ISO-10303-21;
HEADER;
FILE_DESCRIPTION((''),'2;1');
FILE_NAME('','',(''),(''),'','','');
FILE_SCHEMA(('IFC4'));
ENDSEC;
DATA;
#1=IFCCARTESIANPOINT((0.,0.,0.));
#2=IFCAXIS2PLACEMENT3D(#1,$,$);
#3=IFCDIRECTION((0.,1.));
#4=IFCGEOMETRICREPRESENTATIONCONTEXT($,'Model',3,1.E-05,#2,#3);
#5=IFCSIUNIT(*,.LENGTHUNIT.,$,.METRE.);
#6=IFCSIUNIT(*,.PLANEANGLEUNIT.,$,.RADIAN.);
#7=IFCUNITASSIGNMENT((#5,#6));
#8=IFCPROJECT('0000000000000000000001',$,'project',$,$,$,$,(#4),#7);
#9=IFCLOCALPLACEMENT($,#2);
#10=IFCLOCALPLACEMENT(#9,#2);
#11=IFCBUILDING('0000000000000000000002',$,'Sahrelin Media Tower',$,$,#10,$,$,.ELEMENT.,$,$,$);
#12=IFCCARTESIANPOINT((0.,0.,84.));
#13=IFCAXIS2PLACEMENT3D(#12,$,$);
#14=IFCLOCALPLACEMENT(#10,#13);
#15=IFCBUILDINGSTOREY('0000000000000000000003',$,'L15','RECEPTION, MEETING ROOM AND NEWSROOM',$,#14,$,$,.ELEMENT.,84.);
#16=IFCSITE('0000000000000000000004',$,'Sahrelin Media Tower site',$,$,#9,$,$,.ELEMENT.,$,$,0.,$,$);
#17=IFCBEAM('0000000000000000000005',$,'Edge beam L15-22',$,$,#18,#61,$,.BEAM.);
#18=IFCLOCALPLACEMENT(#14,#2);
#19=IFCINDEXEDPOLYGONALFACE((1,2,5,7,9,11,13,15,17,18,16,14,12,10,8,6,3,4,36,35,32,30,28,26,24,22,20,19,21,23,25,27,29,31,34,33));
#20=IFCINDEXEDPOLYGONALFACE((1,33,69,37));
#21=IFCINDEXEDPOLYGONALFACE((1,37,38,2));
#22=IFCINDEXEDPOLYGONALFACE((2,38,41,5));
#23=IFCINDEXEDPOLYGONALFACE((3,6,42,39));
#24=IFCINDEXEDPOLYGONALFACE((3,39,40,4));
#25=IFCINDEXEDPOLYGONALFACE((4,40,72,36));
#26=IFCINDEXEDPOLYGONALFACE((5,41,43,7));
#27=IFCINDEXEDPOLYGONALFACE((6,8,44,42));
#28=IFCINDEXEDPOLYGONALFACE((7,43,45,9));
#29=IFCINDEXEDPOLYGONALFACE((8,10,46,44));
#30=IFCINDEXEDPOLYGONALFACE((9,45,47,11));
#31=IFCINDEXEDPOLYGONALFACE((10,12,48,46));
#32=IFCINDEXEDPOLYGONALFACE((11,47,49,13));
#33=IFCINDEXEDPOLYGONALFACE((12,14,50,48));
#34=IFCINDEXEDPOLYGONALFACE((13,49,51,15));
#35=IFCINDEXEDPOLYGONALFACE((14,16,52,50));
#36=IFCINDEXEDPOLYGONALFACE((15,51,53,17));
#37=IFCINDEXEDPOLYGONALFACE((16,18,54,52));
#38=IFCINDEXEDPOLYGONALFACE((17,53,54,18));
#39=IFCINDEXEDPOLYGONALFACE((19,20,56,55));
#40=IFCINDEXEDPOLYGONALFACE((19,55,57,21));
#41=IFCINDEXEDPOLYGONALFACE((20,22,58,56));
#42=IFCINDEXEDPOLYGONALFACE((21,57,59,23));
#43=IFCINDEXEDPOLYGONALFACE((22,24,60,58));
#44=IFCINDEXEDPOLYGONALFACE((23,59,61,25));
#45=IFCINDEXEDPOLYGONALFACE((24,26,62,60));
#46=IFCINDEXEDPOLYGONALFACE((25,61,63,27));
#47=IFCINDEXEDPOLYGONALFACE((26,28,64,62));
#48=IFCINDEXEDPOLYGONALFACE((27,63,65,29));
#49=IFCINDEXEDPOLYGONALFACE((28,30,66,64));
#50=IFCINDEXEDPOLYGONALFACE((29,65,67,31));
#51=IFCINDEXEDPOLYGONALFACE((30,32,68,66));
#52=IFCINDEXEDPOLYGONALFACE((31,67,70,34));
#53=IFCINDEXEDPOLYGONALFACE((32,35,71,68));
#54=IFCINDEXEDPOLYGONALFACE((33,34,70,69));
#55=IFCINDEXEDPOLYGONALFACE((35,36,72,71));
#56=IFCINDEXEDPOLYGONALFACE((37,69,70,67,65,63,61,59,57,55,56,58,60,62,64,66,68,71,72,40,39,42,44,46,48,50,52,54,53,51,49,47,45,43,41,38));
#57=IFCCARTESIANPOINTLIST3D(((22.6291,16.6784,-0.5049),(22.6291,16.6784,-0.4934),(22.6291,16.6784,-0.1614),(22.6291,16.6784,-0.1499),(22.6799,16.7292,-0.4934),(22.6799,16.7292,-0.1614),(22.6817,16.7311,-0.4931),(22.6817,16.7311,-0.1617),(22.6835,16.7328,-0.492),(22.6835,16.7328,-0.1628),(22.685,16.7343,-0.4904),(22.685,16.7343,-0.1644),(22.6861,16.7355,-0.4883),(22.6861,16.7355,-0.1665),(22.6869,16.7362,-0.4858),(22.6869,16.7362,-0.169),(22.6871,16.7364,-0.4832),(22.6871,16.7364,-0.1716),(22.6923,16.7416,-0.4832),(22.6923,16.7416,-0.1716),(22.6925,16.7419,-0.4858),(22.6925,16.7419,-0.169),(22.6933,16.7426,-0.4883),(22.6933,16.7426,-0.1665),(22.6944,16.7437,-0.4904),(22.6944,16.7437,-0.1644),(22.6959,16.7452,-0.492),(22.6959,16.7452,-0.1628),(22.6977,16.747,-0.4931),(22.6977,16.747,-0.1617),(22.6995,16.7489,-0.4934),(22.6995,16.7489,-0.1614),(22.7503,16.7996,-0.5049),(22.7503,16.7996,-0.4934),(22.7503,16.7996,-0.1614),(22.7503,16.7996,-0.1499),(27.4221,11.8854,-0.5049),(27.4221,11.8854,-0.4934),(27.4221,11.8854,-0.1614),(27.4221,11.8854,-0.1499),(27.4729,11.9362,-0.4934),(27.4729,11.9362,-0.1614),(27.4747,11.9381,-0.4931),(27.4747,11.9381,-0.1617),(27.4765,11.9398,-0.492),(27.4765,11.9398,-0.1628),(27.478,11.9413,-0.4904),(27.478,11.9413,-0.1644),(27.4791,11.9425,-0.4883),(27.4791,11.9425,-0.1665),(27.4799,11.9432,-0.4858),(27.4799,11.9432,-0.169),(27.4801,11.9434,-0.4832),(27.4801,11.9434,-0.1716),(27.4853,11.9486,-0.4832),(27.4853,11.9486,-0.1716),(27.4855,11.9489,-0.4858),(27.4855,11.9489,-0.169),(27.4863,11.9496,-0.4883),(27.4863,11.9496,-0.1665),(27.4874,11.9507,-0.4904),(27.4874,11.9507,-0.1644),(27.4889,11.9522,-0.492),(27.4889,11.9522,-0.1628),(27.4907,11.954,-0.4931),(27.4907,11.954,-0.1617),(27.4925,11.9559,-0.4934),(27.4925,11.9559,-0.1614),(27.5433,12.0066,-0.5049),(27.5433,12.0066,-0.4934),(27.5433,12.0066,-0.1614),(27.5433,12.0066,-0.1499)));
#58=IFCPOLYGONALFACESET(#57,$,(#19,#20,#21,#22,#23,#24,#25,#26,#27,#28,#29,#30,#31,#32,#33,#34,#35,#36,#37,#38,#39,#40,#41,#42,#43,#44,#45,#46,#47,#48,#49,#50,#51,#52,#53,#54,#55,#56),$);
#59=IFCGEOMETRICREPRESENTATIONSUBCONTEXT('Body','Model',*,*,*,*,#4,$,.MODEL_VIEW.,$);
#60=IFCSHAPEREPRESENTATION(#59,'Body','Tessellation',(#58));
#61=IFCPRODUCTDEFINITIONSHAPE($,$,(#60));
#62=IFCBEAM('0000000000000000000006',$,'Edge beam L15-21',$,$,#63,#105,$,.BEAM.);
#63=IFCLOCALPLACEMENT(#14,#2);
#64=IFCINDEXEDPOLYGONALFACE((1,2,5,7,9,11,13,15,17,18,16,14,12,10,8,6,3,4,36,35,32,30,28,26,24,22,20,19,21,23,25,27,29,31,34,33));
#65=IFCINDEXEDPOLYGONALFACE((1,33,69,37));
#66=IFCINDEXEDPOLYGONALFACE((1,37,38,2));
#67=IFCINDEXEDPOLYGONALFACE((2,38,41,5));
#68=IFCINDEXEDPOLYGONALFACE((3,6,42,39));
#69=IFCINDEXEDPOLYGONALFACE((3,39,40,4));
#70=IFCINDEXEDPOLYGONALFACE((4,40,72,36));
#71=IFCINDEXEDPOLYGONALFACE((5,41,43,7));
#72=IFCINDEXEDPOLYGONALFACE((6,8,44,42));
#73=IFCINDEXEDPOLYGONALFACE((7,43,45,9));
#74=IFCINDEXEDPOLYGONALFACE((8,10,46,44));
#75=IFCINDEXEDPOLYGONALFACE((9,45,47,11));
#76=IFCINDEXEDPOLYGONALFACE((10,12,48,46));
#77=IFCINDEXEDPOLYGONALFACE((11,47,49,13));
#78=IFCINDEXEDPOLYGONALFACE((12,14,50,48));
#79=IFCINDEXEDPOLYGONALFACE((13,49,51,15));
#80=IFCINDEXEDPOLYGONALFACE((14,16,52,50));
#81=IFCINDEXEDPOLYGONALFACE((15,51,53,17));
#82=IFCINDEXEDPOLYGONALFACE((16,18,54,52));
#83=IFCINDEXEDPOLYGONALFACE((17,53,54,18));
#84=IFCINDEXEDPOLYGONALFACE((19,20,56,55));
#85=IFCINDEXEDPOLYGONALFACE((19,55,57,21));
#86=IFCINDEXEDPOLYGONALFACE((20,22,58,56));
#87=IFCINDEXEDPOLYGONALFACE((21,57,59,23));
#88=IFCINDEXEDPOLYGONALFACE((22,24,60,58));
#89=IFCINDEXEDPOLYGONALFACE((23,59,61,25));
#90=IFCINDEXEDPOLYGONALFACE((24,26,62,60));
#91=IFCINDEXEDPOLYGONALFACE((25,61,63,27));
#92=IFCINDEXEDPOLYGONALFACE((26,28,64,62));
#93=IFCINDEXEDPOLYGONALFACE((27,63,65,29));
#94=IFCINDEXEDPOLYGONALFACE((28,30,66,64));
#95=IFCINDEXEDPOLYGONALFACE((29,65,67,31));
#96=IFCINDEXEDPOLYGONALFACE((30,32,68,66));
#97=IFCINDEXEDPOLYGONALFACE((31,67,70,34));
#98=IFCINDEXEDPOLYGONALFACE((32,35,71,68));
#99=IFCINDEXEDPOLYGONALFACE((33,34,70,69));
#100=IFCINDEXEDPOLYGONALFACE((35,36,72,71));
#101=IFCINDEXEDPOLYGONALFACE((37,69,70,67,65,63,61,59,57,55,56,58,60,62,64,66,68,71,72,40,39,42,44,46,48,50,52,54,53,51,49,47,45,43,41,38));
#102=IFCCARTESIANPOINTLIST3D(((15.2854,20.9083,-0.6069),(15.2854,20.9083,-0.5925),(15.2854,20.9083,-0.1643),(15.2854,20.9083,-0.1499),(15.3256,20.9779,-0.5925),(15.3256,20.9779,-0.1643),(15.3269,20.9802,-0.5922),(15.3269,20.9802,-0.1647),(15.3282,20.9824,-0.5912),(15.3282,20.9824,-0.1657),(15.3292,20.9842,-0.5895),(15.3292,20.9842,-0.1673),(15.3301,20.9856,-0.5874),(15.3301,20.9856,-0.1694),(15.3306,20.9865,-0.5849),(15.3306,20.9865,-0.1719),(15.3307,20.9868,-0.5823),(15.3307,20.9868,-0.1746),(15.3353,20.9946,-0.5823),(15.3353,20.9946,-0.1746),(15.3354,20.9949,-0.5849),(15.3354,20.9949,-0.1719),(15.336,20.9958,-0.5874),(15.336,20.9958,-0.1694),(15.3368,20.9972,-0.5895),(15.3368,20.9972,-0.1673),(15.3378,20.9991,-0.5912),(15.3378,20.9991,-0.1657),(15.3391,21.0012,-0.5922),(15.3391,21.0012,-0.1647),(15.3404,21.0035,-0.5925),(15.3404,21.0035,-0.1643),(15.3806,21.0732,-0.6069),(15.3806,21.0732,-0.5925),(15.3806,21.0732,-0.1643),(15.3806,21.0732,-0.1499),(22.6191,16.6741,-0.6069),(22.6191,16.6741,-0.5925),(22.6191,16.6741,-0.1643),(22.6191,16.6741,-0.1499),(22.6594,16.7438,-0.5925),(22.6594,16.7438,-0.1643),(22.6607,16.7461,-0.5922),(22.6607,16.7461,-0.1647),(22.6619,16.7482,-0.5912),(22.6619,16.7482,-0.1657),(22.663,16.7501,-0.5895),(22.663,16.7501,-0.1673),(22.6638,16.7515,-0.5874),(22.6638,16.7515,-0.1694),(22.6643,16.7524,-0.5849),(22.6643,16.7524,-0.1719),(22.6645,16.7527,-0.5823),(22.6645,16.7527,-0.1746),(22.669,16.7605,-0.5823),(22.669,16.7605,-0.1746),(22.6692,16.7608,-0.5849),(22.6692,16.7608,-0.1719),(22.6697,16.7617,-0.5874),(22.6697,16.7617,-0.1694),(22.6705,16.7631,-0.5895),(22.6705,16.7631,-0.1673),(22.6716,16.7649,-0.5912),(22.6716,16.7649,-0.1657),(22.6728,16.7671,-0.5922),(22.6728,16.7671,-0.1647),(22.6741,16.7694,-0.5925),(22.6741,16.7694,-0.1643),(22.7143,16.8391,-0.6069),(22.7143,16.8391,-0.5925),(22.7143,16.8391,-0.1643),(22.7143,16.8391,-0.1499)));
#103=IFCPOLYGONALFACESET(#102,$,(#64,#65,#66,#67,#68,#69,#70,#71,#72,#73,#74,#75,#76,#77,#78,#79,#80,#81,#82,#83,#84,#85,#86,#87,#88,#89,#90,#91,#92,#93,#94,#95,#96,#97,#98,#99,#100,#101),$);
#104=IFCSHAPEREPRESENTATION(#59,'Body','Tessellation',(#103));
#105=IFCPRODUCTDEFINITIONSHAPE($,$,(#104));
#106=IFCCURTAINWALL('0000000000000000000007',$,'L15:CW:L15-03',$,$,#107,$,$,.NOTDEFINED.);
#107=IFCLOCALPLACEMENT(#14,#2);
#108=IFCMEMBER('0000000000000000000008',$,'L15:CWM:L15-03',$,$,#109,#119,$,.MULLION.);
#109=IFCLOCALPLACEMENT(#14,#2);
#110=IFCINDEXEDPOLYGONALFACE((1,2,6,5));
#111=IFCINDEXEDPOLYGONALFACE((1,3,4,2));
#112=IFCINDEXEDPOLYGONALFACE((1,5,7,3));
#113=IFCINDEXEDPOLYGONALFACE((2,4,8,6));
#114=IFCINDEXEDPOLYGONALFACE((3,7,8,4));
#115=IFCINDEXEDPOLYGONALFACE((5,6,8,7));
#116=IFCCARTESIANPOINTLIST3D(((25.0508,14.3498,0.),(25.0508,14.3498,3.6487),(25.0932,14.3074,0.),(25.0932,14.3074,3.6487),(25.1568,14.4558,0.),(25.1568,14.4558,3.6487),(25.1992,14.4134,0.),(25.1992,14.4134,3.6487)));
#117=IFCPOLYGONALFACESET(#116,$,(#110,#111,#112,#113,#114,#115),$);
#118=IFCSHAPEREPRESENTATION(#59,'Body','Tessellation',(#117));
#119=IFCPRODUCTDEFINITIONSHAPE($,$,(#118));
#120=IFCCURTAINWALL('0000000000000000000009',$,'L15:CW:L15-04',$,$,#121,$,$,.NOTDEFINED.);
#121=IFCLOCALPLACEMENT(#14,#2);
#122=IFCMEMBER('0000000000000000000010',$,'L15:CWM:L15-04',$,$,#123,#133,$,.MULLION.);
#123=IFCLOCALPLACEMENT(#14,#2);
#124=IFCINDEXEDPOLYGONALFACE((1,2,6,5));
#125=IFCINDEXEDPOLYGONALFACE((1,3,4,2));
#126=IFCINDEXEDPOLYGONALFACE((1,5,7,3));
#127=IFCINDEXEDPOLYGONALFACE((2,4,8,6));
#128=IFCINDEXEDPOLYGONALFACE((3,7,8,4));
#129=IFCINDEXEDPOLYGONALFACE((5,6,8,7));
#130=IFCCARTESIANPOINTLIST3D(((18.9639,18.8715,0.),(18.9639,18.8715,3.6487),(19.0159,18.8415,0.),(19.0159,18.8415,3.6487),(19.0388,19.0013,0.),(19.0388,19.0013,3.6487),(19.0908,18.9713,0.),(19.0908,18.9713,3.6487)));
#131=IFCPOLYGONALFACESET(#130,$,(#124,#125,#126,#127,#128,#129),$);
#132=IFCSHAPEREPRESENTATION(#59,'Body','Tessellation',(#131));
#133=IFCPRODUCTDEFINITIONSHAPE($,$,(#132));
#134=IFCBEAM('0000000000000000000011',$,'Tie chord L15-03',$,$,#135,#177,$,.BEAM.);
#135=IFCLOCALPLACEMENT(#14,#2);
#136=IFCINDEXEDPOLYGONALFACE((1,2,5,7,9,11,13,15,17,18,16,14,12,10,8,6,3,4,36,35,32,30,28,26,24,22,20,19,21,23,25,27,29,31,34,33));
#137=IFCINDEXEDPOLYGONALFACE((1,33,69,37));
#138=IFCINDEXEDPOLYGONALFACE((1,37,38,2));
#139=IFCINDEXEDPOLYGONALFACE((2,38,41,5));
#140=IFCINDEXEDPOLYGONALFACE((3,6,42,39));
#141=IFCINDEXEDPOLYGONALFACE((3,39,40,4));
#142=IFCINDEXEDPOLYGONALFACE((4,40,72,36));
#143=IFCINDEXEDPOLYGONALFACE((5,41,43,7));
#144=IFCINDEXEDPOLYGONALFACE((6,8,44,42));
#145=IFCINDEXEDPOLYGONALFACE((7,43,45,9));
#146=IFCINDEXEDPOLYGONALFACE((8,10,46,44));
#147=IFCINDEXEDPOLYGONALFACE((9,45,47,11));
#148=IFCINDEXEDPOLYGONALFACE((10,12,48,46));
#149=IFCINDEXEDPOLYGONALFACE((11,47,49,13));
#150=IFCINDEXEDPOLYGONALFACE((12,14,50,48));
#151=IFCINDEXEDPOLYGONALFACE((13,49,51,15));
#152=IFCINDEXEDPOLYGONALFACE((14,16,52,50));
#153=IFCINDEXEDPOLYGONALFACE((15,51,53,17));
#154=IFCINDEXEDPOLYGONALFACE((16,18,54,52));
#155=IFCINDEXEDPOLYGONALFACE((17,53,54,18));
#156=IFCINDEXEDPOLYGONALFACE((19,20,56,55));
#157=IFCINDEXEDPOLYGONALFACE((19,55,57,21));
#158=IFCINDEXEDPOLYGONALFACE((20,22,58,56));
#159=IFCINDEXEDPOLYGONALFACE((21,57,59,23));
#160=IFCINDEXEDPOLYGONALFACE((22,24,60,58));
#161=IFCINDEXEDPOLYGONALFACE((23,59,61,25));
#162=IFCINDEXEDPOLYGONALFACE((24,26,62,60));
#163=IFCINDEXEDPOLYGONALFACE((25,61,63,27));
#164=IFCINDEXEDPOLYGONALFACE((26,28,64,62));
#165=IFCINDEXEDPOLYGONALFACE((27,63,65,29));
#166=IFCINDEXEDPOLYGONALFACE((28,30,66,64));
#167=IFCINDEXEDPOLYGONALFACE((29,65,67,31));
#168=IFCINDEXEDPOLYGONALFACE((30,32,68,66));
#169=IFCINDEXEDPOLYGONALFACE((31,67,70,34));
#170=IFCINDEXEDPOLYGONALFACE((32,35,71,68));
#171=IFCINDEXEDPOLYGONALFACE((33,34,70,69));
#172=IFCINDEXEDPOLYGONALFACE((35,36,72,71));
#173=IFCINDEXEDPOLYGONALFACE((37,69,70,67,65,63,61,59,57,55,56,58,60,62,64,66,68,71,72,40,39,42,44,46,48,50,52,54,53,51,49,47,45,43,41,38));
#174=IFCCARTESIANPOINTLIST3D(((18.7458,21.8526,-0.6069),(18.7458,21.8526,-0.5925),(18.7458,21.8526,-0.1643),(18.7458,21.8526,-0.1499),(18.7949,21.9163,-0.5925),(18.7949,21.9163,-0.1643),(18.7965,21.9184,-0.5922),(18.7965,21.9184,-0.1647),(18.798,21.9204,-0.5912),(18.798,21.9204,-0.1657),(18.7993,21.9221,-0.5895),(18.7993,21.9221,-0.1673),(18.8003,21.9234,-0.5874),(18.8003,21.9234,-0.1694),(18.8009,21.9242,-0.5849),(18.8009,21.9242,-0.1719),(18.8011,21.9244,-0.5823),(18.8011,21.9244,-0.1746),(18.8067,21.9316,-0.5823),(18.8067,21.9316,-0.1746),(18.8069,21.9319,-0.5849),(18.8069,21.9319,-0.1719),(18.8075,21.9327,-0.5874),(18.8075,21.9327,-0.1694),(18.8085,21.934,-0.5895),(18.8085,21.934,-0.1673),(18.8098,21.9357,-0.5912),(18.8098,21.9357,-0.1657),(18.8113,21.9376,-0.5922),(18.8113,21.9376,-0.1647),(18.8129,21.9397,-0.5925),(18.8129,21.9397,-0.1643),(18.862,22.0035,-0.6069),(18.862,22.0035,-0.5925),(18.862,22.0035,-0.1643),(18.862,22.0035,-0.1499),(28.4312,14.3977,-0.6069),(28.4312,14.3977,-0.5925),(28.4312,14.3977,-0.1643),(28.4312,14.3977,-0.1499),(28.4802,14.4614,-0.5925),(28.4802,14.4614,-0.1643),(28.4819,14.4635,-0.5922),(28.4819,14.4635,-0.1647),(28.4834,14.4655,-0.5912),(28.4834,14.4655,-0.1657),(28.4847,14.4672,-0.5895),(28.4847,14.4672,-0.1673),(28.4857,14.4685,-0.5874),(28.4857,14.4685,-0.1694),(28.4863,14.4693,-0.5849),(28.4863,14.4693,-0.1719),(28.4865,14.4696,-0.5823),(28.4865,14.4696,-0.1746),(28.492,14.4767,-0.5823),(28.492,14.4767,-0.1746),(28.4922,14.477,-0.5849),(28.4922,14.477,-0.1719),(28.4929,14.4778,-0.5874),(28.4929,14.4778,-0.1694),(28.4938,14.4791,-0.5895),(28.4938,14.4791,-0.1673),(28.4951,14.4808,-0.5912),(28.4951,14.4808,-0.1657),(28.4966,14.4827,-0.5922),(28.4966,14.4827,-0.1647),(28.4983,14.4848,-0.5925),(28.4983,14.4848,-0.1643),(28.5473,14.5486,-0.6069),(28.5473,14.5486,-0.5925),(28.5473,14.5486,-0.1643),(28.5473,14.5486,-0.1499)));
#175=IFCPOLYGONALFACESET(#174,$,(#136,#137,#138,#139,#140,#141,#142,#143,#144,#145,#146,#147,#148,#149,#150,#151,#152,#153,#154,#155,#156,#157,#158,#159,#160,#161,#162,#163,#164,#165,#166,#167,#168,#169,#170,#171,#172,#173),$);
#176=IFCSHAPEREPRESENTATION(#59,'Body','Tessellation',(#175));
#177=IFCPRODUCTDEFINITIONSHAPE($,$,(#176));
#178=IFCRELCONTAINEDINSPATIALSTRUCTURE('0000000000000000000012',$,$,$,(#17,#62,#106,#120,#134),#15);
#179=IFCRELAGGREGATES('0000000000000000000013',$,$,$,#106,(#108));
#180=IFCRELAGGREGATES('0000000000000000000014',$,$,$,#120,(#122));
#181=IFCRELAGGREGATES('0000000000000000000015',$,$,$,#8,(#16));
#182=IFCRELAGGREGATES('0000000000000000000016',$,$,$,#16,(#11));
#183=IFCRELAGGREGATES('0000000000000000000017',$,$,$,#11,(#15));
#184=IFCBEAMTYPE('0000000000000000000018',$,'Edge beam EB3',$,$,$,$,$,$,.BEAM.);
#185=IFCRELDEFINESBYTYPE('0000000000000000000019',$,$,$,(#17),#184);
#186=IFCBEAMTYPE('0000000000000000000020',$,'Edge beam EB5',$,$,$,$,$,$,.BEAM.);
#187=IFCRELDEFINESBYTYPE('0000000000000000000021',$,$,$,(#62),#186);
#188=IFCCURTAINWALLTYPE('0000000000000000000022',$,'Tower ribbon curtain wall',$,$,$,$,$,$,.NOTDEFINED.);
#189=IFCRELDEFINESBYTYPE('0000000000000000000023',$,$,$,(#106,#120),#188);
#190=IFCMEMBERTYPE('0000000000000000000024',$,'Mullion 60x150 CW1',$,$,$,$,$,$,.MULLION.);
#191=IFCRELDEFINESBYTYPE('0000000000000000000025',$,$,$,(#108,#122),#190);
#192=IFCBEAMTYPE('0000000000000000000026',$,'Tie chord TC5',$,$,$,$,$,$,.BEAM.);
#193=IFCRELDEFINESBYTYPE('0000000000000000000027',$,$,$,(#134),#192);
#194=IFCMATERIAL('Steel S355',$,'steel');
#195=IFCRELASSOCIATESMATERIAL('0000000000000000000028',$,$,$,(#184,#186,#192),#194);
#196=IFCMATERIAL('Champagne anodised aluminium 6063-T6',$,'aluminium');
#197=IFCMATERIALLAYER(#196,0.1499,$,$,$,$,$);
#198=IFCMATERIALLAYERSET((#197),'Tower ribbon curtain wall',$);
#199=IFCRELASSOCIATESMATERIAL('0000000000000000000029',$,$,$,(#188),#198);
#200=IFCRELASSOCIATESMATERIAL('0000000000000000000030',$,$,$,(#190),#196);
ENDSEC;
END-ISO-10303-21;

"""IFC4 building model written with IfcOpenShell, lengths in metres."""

from ifc_helpers import new_model, si_unit, direction, frame, origin, origin_2d, place, context, subcontext, project, spatial, rectangle, i_section, extrude, material, layer, layer_set, material_profile, profile_set, type_object, element, aggregate, save


model = new_model("IFC4")

# Units and contexts
model_context = context("Model", 3, precision=1e-05, world=origin(), true_north=direction((0.0, 1.0)))
body_context = subcontext(model_context, "Body", "Model", "MODEL_VIEW")
ifc_project = project(units=[si_unit("LENGTHUNIT", "METRE"), si_unit("PLANEANGLEUNIT", "RADIAN")], contexts=[model_context])

# Site, building, storey
site_placement = place(None, origin())
site = spatial("IfcSite", under=ifc_project, at=site_placement, Name="Sahrelin Media Tower site", CompositionType="ELEMENT", RefElevation=0.0)
building_placement = place(site_placement, origin())
building = spatial("IfcBuilding", under=site, at=building_placement, Name="Sahrelin Media Tower", CompositionType="ELEMENT")
storey_placement = place(building_placement, frame((0.0, 0.0, 84.0)))
storey = spatial("IfcBuildingStorey", under=building, at=storey_placement, Name="L15", Description="RECEPTION, MEETING ROOM AND NEWSROOM", CompositionType="ELEMENT", Elevation=84.0)

# Beams
ifc_material_1 = material(Name="Steel S355", Category="steel")
ifc_material_profile_1 = material_profile(ifc_material_1, i_section(OverallWidth=0.1714, OverallDepth=0.355, WebThickness=0.0073, FlangeThickness=0.0115, FilletRadius=0.0103, at=origin_2d()), Name="UB 356x171x51")
ifc_profile_set_1 = profile_set([ifc_material_profile_1], Name="Steel S355")
beam_type_1 = type_object("IfcBeamType", Name="Edge beam EB3", PredefinedType="BEAM", material=ifc_profile_set_1)
beam_1_placement = place(storey_placement, frame((22.6897, 16.739, -0.3274), z_axis=(0.707107, -0.707107, 0.0), x_axis=(0.707107, 0.707107, 0.0)))
element("IfcBeam", 1, at=beam_1_placement, inside=storey, type_object=beam_type_1, Name="Edge beam L15-22", PredefinedType="BEAM", context=body_context, shape_type="SweptSolid", body=[
    extrude(i_section(OverallWidth=0.1714, OverallDepth=0.355, WebThickness=0.0073, FlangeThickness=0.0115, FilletRadius=0.0103, at=origin_2d()), origin(), (0.0, 0.0, 1.0), 6.7783),
])
ifc_material_profile_2 = material_profile(ifc_material_1, i_section(OverallWidth=0.1904, OverallDepth=0.457, WebThickness=0.009, FlangeThickness=0.0144, FilletRadius=0.0103, at=origin_2d()), Name="UB 457x191x74")
ifc_profile_set_2 = profile_set([ifc_material_profile_2], Name="Steel S355")
beam_type_2 = type_object("IfcBeamType", Name="Edge beam EB5", PredefinedType="BEAM", material=ifc_profile_set_2)
beam_2_placement = place(storey_placement, frame((15.333, 20.9907, -0.3784), z_axis=(0.866026, -0.499999, 0.0), x_axis=(0.499999, 0.866026, 0.0)))
element("IfcBeam", 2, at=beam_2_placement, inside=storey, type_object=beam_type_2, Name="Edge beam L15-21", PredefinedType="BEAM", context=body_context, shape_type="SweptSolid", body=[
    extrude(i_section(OverallWidth=0.1904, OverallDepth=0.457, WebThickness=0.009, FlangeThickness=0.0144, FilletRadius=0.0103, at=origin_2d()), origin(), (0.0, 0.0, 1.0), 8.4683),
])

# Curtain walls, members
ifc_material_2 = material(Name="Champagne anodised aluminium 6063-T6", Category="aluminium")
ifc_layer_1 = layer(ifc_material_2, 0.1499)
ifc_layer_set_1 = layer_set([ifc_layer_1], Name="Tower ribbon curtain wall")
curtain_wall_type = type_object("IfcCurtainWallType", Name="Tower ribbon curtain wall", PredefinedType="NOTDEFINED", material=ifc_layer_set_1)
curtain_wall_1_placement = place(storey_placement, frame((25.1921, 14.4485, 0.0), z_axis=(0.0, 0.0, 1.0), x_axis=(1.0, 0.0, 0.0)))
curtain_wall_1 = element("IfcCurtainWall", 3, at=curtain_wall_1_placement, inside=storey, type_object=curtain_wall_type, Name="L15:CW:L15-03", PredefinedType="NOTDEFINED")
ifc_material_profile_3 = material_profile(ifc_material_2, rectangle(XDim=0.0601, YDim=0.1499, at=origin_2d()), Name="Mullion 60x150")
ifc_profile_set_3 = profile_set([ifc_material_profile_3], Name="Champagne anodised aluminium 6063-T6")
member_type_1 = type_object("IfcMemberType", Name="Mullion 60x150 CW1", PredefinedType="MULLION", material=ifc_profile_set_3)
member_1_placement = place(storey_placement, frame((25.125, 14.3816, 0.0), z_axis=(0.0, 0.0, 1.0), x_axis=(-0.707114, 0.707099, 0.0)))
member_1 = element("IfcMember", 4, at=member_1_placement, type_object=member_type_1, Name="L15:CWM:L15-03", PredefinedType="MULLION", context=body_context, shape_type="SweptSolid", body=[
    extrude(rectangle(XDim=0.0601, YDim=0.1499, at=origin_2d()), origin(), (0.0, 0.0, 1.0), 3.6487),
])
curtain_wall_2_placement = place(storey_placement, frame((19.075, 19.0037, 0.0), z_axis=(0.0, 0.0, 1.0), x_axis=(1.0, 0.0, 0.0)))
curtain_wall_2 = element("IfcCurtainWall", 5, at=curtain_wall_2_placement, inside=storey, type_object=curtain_wall_type, Name="L15:CW:L15-04", PredefinedType="NOTDEFINED")
member_2_placement = place(storey_placement, frame((19.0273, 18.9214, 0.0), z_axis=(0.0, 0.0, 1.0), x_axis=(-0.866023, 0.500005, 0.0)))
member_2 = element("IfcMember", 6, at=member_2_placement, type_object=member_type_1, Name="L15:CWM:L15-04", PredefinedType="MULLION", context=body_context, shape_type="SweptSolid", body=[
    extrude(rectangle(XDim=0.0601, YDim=0.1499, at=origin_2d()), origin(), (0.0, 0.0, 1.0), 3.6487),
])

# Beam
ifc_material_profile_4 = material_profile(ifc_material_1, i_section(OverallWidth=0.1904, OverallDepth=0.457, WebThickness=0.009, FlangeThickness=0.0144, FilletRadius=0.0103, at=origin_2d()), Name="UB 457x191x74")
ifc_profile_set_4 = profile_set([ifc_material_profile_4], Name="Steel S355")
beam_type_3 = type_object("IfcBeamType", Name="Tie chord TC5", PredefinedType="BEAM", material=ifc_profile_set_4)
beam_3_placement = place(storey_placement, frame((28.4893, 14.4731, -0.3784), z_axis=(-0.792442, 0.609947, 0.0), x_axis=(-0.609947, -0.792442, 0.0)))
element("IfcBeam", 7, at=beam_3_placement, inside=storey, type_object=beam_type_3, Name="Tie chord L15-03", PredefinedType="BEAM", context=body_context, shape_type="SweptSolid", body=[
    extrude(i_section(OverallWidth=0.1904, OverallDepth=0.457, WebThickness=0.009, FlangeThickness=0.0144, FilletRadius=0.0103, at=origin_2d()), origin(), (0.0, 0.0, 1.0), 12.2222),
])

aggregate(curtain_wall_1, [member_1])
aggregate(curtain_wall_2, [member_2])

save(model, "model.ifc")
